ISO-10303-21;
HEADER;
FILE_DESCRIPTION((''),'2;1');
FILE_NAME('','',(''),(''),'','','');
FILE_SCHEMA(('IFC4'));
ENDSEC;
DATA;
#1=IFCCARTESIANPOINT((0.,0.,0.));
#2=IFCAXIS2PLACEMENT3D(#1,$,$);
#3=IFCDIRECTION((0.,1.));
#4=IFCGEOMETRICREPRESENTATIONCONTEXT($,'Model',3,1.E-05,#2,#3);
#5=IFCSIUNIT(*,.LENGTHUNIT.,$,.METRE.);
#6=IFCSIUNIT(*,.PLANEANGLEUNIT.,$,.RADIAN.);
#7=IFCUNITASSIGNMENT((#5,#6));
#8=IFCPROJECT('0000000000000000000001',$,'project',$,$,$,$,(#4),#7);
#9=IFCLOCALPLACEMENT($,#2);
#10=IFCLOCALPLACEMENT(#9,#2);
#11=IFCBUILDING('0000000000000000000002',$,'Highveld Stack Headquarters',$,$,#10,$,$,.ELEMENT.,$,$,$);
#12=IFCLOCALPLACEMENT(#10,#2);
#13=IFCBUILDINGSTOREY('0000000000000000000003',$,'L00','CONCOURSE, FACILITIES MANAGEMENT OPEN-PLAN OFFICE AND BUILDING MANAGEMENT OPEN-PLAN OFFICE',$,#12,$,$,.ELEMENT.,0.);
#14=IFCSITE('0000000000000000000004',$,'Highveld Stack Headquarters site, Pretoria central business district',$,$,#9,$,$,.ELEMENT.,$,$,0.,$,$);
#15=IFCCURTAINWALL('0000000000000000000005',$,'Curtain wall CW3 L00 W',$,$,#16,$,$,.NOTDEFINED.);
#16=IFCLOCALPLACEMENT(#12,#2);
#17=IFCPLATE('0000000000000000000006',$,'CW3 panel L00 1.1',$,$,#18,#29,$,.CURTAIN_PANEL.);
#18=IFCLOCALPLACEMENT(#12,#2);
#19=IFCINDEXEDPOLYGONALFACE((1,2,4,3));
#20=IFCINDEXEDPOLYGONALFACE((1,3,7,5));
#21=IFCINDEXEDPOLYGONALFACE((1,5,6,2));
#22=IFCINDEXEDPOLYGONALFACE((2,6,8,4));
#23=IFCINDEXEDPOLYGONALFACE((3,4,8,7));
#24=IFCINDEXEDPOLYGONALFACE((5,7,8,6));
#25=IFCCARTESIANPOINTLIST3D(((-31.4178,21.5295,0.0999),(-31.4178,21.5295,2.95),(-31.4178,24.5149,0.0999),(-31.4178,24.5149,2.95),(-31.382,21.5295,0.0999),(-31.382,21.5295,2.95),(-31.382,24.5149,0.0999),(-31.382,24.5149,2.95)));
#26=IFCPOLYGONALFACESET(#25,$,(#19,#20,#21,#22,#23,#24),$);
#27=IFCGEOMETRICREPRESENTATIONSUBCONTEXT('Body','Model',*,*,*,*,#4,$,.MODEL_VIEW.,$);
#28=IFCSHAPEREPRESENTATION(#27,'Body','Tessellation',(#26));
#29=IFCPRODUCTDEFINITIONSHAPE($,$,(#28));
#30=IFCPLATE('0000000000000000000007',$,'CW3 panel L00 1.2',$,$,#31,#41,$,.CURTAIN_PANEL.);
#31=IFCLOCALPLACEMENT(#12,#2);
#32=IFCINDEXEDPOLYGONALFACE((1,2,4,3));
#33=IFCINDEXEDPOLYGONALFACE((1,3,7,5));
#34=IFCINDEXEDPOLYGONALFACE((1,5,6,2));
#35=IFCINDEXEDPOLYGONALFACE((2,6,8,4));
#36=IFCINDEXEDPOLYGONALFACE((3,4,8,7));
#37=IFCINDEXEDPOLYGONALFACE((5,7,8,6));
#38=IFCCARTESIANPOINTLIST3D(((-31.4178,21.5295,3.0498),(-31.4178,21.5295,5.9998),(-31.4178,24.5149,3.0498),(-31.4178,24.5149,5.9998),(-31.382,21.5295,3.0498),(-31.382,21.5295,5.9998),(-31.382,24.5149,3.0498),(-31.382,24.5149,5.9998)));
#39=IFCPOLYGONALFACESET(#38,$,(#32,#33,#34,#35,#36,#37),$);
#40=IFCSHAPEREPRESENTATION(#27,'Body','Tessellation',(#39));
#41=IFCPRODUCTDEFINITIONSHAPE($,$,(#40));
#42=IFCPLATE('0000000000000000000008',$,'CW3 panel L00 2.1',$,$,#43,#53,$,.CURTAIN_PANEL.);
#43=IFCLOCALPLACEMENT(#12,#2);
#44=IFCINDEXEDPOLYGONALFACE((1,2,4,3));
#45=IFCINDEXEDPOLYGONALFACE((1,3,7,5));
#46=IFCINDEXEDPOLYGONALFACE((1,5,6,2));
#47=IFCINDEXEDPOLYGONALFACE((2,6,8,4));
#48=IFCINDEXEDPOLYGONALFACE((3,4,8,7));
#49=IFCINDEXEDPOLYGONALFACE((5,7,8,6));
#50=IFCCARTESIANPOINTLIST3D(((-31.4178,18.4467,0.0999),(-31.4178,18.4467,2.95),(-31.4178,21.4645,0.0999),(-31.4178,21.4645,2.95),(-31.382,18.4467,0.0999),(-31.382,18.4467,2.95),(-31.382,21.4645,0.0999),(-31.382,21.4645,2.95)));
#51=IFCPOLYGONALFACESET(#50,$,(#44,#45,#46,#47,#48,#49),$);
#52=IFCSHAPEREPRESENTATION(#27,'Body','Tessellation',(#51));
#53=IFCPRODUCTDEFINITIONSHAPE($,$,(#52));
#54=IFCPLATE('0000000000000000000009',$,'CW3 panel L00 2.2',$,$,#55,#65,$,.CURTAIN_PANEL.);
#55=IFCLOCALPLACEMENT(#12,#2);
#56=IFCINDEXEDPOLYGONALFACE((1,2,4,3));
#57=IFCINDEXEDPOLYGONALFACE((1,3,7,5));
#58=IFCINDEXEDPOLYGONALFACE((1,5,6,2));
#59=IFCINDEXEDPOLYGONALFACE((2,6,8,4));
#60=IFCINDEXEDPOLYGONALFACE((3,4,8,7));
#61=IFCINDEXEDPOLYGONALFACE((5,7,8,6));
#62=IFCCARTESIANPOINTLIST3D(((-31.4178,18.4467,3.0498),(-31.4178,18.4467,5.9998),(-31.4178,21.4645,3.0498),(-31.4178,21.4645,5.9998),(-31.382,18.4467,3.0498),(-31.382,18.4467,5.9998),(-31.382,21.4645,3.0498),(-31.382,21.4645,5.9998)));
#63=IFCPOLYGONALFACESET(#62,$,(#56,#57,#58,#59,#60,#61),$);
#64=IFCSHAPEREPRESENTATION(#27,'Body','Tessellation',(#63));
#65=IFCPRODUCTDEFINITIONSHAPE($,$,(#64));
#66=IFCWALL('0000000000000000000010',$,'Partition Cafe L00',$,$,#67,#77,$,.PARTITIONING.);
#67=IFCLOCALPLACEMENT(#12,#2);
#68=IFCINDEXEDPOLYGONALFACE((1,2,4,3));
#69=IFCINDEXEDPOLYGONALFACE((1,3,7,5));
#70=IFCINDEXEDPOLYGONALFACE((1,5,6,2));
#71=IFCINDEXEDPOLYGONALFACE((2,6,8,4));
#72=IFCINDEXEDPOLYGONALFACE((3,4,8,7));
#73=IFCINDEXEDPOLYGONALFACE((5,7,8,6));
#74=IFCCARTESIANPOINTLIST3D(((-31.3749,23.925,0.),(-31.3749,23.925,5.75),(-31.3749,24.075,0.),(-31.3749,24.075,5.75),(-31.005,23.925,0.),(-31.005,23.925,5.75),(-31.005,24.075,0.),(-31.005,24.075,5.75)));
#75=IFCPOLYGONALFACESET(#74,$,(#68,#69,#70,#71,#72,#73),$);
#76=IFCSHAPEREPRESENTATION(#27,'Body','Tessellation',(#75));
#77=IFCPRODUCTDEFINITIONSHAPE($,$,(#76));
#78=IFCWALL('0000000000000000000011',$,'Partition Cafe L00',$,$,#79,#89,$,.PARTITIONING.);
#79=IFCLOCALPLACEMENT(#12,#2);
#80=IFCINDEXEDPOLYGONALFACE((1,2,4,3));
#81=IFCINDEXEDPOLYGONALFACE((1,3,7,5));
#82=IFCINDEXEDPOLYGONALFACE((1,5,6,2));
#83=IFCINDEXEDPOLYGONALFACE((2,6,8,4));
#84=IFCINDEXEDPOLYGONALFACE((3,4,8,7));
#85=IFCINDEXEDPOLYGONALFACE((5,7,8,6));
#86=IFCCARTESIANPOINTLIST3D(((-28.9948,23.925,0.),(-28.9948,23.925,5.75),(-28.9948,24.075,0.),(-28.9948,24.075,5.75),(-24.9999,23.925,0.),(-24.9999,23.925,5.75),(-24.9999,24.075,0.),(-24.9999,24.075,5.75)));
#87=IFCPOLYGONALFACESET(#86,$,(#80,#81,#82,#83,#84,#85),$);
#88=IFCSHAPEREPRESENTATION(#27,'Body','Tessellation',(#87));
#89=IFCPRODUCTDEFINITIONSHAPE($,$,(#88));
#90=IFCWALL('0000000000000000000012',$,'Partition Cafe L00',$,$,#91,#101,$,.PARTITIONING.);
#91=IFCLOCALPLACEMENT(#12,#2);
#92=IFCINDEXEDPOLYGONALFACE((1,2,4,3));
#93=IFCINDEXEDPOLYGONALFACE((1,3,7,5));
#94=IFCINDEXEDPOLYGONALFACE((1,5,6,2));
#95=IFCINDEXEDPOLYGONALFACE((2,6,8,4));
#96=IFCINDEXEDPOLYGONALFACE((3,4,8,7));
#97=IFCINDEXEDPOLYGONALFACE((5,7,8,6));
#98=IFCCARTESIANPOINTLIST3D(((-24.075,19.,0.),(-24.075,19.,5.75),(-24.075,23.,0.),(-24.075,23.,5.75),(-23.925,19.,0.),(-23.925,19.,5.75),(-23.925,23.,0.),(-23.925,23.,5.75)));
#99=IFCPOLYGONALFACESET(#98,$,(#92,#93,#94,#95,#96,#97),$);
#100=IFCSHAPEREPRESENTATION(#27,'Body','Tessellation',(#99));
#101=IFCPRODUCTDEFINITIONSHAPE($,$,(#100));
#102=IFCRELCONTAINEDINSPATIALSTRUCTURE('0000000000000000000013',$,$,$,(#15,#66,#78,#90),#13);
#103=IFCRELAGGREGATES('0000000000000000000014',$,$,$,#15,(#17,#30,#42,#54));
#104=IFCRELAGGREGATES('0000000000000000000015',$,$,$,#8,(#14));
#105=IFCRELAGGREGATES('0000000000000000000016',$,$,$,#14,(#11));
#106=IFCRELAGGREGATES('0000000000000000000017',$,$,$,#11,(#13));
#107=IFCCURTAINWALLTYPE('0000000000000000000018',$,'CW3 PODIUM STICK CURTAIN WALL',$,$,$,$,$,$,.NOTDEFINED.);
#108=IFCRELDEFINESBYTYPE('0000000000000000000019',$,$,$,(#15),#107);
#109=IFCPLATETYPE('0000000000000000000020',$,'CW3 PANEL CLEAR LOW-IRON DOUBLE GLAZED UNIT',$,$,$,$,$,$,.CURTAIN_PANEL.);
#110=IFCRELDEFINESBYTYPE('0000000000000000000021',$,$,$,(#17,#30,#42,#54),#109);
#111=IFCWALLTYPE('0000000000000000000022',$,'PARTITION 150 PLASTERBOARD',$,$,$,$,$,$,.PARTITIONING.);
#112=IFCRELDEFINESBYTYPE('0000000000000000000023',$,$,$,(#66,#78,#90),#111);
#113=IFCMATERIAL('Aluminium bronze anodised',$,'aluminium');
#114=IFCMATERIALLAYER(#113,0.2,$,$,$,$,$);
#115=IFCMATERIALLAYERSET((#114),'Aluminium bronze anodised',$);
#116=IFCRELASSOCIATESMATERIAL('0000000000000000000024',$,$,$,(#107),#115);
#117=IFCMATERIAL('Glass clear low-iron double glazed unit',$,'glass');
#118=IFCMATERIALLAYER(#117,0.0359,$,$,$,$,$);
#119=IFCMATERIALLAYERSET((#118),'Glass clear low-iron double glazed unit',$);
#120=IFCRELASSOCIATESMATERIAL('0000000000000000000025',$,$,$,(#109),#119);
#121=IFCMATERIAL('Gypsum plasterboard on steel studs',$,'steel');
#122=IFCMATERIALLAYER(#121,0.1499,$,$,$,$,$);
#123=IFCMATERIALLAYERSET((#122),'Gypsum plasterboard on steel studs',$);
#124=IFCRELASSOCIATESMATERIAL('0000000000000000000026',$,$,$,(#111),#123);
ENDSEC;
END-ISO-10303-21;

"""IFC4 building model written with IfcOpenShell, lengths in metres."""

from ifc_helpers import new_model, si_unit, direction, frame, frame_2d, origin, origin_2d, place, context, subcontext, project, spatial, rectangle, extrude, material, layer, layer_set, type_object, element, aggregate, save


model = new_model("IFC4")

# Units and contexts
model_context = context("Model", 3, precision=1e-05, world=origin(), true_north=direction((0.0, 1.0)))
body_context = subcontext(model_context, "Body", "Model", "MODEL_VIEW")
ifc_project = project(units=[si_unit("LENGTHUNIT", "METRE"), si_unit("PLANEANGLEUNIT", "RADIAN")], contexts=[model_context])

# Site, building, storey
site_placement = place(None, origin())
site = spatial("IfcSite", under=ifc_project, at=site_placement, Name="Highveld Stack Headquarters site, Pretoria central business district", CompositionType="ELEMENT", RefElevation=0.0)
building_placement = place(site_placement, origin())
building = spatial("IfcBuilding", under=site, at=building_placement, Name="Highveld Stack Headquarters", CompositionType="ELEMENT")
storey_placement = place(building_placement, origin())
storey = spatial("IfcBuildingStorey", under=building, at=storey_placement, Name="L00", Description="CONCOURSE, FACILITIES MANAGEMENT OPEN-PLAN OFFICE AND BUILDING MANAGEMENT OPEN-PLAN OFFICE", CompositionType="ELEMENT", Elevation=0.0)

# Shared definitions
ifc_material_1 = material(Name="Aluminium bronze anodised", Category="aluminium")
ifc_layer_1 = layer(ifc_material_1, 0.2)
ifc_layer_set_1 = layer_set([ifc_layer_1], Name="Aluminium bronze anodised")
curtain_wall_type = type_object("IfcCurtainWallType", Name="CW3 PODIUM STICK CURTAIN WALL", PredefinedType="NOTDEFINED", material=ifc_layer_set_1)

# Curtain wall
curtain_wall_1_placement = place(storey_placement, origin())
curtain_wall_1 = element("IfcCurtainWall", 1, at=curtain_wall_1_placement, inside=storey, type_object=curtain_wall_type, Name="Curtain wall CW3 L00 W", PredefinedType="NOTDEFINED")

# Plates
ifc_material_2 = material(Name="Glass clear low-iron double glazed unit", Category="glass")
ifc_layer_2 = layer(ifc_material_2, 0.0359)
ifc_layer_set_2 = layer_set([ifc_layer_2], Name="Glass clear low-iron double glazed unit")
plate_type = type_object("IfcPlateType", Name="CW3 PANEL CLEAR LOW-IRON DOUBLE GLAZED UNIT", PredefinedType="CURTAIN_PANEL", material=ifc_layer_set_2)
plate_1_placement = place(storey_placement, frame((-31.3999, 23.0222, 0.0999), z_axis=(0.0, 0.0, 1.0), x_axis=(0.0, -1.0, 0.0)))
plate_1 = element("IfcPlate", 2, at=plate_1_placement, type_object=plate_type, Name="CW3 panel L00 1.1", PredefinedType="CURTAIN_PANEL", context=body_context, shape_type="SweptSolid", body=[
    extrude(rectangle(XDim=2.9854, YDim=0.0359, at=origin_2d()), origin(), (0.0, 0.0, 1.0), 2.8501),
])
plate_2_placement = place(storey_placement, frame((-31.3999, 23.0222, 3.0498), z_axis=(0.0, 0.0, 1.0), x_axis=(0.0, -1.0, 0.0)))
plate_2 = element("IfcPlate", 3, at=plate_2_placement, type_object=plate_type, Name="CW3 panel L00 1.2", PredefinedType="CURTAIN_PANEL", context=body_context, shape_type="SweptSolid", body=[
    extrude(rectangle(XDim=2.9854, YDim=0.0359, at=origin_2d()), origin(), (0.0, 0.0, 1.0), 2.95),
])
plate_3_placement = place(storey_placement, frame((-31.3999, 19.9556, 0.0999), z_axis=(0.0, 0.0, 1.0), x_axis=(0.0, -1.0, 0.0)))
plate_3 = element("IfcPlate", 4, at=plate_3_placement, type_object=plate_type, Name="CW3 panel L00 2.1", PredefinedType="CURTAIN_PANEL", context=body_context, shape_type="SweptSolid", body=[
    extrude(rectangle(XDim=3.0178, YDim=0.0359, at=origin_2d()), origin(), (0.0, 0.0, 1.0), 2.8501),
])
plate_4_placement = place(storey_placement, frame((-31.3999, 19.9556, 3.0498), z_axis=(0.0, 0.0, 1.0), x_axis=(0.0, -1.0, 0.0)))
plate_4 = element("IfcPlate", 5, at=plate_4_placement, type_object=plate_type, Name="CW3 panel L00 2.2", PredefinedType="CURTAIN_PANEL", context=body_context, shape_type="SweptSolid", body=[
    extrude(rectangle(XDim=3.0178, YDim=0.0359, at=origin_2d()), origin(), (0.0, 0.0, 1.0), 2.95),
])
aggregate(curtain_wall_1, [plate_1, plate_2, plate_3, plate_4])

# Walls
ifc_material_3 = material(Name="Gypsum plasterboard on steel studs", Category="steel")
ifc_layer_3 = layer(ifc_material_3, 0.1499)
ifc_layer_set_3 = layer_set([ifc_layer_3], Name="Gypsum plasterboard on steel studs")
wall_type = type_object("IfcWallType", Name="PARTITION 150 PLASTERBOARD", PredefinedType="PARTITIONING", material=ifc_layer_set_3)
wall_1_placement = place(storey_placement, frame((-31.375, 24.0, 0.0), z_axis=(0.0, 0.0, 1.0), x_axis=(1.0, 0.0, 0.0)))
element("IfcWall", 6, at=wall_1_placement, inside=storey, type_object=wall_type, Name="Partition Cafe L00", PredefinedType="PARTITIONING", context=body_context, shape_type="SweptSolid", body=[
    extrude(rectangle(XDim=0.3699, YDim=0.1499, at=frame_2d((0.1851, 0.0))), origin(), (0.0, 0.0, 1.0), 5.75),
])
wall_2_placement = place(storey_placement, frame((-28.9949, 24.0, 0.0), z_axis=(0.0, 0.0, 1.0), x_axis=(1.0, 0.0, 0.0)))
element("IfcWall", 7, at=wall_2_placement, inside=storey, type_object=wall_type, Name="Partition Cafe L00", PredefinedType="PARTITIONING", context=body_context, shape_type="SweptSolid", body=[
    extrude(rectangle(XDim=3.9949, YDim=0.1499, at=frame_2d((1.9976, 0.0))), origin(), (0.0, 0.0, 1.0), 5.75),
])
wall_3_placement = place(storey_placement, frame((-24.0, 19.0, 0.0), z_axis=(0.0, 0.0, 1.0), x_axis=(0.0, 1.0, 0.0)))
element("IfcWall", 8, at=wall_3_placement, inside=storey, type_object=wall_type, Name="Partition Cafe L00", PredefinedType="PARTITIONING", context=body_context, shape_type="SweptSolid", body=[
    extrude(rectangle(XDim=4.0, YDim=0.1499, at=frame_2d((2.0, 0.0))), origin(), (0.0, 0.0, 1.0), 5.75),
])

save(model, "model.ifc")
